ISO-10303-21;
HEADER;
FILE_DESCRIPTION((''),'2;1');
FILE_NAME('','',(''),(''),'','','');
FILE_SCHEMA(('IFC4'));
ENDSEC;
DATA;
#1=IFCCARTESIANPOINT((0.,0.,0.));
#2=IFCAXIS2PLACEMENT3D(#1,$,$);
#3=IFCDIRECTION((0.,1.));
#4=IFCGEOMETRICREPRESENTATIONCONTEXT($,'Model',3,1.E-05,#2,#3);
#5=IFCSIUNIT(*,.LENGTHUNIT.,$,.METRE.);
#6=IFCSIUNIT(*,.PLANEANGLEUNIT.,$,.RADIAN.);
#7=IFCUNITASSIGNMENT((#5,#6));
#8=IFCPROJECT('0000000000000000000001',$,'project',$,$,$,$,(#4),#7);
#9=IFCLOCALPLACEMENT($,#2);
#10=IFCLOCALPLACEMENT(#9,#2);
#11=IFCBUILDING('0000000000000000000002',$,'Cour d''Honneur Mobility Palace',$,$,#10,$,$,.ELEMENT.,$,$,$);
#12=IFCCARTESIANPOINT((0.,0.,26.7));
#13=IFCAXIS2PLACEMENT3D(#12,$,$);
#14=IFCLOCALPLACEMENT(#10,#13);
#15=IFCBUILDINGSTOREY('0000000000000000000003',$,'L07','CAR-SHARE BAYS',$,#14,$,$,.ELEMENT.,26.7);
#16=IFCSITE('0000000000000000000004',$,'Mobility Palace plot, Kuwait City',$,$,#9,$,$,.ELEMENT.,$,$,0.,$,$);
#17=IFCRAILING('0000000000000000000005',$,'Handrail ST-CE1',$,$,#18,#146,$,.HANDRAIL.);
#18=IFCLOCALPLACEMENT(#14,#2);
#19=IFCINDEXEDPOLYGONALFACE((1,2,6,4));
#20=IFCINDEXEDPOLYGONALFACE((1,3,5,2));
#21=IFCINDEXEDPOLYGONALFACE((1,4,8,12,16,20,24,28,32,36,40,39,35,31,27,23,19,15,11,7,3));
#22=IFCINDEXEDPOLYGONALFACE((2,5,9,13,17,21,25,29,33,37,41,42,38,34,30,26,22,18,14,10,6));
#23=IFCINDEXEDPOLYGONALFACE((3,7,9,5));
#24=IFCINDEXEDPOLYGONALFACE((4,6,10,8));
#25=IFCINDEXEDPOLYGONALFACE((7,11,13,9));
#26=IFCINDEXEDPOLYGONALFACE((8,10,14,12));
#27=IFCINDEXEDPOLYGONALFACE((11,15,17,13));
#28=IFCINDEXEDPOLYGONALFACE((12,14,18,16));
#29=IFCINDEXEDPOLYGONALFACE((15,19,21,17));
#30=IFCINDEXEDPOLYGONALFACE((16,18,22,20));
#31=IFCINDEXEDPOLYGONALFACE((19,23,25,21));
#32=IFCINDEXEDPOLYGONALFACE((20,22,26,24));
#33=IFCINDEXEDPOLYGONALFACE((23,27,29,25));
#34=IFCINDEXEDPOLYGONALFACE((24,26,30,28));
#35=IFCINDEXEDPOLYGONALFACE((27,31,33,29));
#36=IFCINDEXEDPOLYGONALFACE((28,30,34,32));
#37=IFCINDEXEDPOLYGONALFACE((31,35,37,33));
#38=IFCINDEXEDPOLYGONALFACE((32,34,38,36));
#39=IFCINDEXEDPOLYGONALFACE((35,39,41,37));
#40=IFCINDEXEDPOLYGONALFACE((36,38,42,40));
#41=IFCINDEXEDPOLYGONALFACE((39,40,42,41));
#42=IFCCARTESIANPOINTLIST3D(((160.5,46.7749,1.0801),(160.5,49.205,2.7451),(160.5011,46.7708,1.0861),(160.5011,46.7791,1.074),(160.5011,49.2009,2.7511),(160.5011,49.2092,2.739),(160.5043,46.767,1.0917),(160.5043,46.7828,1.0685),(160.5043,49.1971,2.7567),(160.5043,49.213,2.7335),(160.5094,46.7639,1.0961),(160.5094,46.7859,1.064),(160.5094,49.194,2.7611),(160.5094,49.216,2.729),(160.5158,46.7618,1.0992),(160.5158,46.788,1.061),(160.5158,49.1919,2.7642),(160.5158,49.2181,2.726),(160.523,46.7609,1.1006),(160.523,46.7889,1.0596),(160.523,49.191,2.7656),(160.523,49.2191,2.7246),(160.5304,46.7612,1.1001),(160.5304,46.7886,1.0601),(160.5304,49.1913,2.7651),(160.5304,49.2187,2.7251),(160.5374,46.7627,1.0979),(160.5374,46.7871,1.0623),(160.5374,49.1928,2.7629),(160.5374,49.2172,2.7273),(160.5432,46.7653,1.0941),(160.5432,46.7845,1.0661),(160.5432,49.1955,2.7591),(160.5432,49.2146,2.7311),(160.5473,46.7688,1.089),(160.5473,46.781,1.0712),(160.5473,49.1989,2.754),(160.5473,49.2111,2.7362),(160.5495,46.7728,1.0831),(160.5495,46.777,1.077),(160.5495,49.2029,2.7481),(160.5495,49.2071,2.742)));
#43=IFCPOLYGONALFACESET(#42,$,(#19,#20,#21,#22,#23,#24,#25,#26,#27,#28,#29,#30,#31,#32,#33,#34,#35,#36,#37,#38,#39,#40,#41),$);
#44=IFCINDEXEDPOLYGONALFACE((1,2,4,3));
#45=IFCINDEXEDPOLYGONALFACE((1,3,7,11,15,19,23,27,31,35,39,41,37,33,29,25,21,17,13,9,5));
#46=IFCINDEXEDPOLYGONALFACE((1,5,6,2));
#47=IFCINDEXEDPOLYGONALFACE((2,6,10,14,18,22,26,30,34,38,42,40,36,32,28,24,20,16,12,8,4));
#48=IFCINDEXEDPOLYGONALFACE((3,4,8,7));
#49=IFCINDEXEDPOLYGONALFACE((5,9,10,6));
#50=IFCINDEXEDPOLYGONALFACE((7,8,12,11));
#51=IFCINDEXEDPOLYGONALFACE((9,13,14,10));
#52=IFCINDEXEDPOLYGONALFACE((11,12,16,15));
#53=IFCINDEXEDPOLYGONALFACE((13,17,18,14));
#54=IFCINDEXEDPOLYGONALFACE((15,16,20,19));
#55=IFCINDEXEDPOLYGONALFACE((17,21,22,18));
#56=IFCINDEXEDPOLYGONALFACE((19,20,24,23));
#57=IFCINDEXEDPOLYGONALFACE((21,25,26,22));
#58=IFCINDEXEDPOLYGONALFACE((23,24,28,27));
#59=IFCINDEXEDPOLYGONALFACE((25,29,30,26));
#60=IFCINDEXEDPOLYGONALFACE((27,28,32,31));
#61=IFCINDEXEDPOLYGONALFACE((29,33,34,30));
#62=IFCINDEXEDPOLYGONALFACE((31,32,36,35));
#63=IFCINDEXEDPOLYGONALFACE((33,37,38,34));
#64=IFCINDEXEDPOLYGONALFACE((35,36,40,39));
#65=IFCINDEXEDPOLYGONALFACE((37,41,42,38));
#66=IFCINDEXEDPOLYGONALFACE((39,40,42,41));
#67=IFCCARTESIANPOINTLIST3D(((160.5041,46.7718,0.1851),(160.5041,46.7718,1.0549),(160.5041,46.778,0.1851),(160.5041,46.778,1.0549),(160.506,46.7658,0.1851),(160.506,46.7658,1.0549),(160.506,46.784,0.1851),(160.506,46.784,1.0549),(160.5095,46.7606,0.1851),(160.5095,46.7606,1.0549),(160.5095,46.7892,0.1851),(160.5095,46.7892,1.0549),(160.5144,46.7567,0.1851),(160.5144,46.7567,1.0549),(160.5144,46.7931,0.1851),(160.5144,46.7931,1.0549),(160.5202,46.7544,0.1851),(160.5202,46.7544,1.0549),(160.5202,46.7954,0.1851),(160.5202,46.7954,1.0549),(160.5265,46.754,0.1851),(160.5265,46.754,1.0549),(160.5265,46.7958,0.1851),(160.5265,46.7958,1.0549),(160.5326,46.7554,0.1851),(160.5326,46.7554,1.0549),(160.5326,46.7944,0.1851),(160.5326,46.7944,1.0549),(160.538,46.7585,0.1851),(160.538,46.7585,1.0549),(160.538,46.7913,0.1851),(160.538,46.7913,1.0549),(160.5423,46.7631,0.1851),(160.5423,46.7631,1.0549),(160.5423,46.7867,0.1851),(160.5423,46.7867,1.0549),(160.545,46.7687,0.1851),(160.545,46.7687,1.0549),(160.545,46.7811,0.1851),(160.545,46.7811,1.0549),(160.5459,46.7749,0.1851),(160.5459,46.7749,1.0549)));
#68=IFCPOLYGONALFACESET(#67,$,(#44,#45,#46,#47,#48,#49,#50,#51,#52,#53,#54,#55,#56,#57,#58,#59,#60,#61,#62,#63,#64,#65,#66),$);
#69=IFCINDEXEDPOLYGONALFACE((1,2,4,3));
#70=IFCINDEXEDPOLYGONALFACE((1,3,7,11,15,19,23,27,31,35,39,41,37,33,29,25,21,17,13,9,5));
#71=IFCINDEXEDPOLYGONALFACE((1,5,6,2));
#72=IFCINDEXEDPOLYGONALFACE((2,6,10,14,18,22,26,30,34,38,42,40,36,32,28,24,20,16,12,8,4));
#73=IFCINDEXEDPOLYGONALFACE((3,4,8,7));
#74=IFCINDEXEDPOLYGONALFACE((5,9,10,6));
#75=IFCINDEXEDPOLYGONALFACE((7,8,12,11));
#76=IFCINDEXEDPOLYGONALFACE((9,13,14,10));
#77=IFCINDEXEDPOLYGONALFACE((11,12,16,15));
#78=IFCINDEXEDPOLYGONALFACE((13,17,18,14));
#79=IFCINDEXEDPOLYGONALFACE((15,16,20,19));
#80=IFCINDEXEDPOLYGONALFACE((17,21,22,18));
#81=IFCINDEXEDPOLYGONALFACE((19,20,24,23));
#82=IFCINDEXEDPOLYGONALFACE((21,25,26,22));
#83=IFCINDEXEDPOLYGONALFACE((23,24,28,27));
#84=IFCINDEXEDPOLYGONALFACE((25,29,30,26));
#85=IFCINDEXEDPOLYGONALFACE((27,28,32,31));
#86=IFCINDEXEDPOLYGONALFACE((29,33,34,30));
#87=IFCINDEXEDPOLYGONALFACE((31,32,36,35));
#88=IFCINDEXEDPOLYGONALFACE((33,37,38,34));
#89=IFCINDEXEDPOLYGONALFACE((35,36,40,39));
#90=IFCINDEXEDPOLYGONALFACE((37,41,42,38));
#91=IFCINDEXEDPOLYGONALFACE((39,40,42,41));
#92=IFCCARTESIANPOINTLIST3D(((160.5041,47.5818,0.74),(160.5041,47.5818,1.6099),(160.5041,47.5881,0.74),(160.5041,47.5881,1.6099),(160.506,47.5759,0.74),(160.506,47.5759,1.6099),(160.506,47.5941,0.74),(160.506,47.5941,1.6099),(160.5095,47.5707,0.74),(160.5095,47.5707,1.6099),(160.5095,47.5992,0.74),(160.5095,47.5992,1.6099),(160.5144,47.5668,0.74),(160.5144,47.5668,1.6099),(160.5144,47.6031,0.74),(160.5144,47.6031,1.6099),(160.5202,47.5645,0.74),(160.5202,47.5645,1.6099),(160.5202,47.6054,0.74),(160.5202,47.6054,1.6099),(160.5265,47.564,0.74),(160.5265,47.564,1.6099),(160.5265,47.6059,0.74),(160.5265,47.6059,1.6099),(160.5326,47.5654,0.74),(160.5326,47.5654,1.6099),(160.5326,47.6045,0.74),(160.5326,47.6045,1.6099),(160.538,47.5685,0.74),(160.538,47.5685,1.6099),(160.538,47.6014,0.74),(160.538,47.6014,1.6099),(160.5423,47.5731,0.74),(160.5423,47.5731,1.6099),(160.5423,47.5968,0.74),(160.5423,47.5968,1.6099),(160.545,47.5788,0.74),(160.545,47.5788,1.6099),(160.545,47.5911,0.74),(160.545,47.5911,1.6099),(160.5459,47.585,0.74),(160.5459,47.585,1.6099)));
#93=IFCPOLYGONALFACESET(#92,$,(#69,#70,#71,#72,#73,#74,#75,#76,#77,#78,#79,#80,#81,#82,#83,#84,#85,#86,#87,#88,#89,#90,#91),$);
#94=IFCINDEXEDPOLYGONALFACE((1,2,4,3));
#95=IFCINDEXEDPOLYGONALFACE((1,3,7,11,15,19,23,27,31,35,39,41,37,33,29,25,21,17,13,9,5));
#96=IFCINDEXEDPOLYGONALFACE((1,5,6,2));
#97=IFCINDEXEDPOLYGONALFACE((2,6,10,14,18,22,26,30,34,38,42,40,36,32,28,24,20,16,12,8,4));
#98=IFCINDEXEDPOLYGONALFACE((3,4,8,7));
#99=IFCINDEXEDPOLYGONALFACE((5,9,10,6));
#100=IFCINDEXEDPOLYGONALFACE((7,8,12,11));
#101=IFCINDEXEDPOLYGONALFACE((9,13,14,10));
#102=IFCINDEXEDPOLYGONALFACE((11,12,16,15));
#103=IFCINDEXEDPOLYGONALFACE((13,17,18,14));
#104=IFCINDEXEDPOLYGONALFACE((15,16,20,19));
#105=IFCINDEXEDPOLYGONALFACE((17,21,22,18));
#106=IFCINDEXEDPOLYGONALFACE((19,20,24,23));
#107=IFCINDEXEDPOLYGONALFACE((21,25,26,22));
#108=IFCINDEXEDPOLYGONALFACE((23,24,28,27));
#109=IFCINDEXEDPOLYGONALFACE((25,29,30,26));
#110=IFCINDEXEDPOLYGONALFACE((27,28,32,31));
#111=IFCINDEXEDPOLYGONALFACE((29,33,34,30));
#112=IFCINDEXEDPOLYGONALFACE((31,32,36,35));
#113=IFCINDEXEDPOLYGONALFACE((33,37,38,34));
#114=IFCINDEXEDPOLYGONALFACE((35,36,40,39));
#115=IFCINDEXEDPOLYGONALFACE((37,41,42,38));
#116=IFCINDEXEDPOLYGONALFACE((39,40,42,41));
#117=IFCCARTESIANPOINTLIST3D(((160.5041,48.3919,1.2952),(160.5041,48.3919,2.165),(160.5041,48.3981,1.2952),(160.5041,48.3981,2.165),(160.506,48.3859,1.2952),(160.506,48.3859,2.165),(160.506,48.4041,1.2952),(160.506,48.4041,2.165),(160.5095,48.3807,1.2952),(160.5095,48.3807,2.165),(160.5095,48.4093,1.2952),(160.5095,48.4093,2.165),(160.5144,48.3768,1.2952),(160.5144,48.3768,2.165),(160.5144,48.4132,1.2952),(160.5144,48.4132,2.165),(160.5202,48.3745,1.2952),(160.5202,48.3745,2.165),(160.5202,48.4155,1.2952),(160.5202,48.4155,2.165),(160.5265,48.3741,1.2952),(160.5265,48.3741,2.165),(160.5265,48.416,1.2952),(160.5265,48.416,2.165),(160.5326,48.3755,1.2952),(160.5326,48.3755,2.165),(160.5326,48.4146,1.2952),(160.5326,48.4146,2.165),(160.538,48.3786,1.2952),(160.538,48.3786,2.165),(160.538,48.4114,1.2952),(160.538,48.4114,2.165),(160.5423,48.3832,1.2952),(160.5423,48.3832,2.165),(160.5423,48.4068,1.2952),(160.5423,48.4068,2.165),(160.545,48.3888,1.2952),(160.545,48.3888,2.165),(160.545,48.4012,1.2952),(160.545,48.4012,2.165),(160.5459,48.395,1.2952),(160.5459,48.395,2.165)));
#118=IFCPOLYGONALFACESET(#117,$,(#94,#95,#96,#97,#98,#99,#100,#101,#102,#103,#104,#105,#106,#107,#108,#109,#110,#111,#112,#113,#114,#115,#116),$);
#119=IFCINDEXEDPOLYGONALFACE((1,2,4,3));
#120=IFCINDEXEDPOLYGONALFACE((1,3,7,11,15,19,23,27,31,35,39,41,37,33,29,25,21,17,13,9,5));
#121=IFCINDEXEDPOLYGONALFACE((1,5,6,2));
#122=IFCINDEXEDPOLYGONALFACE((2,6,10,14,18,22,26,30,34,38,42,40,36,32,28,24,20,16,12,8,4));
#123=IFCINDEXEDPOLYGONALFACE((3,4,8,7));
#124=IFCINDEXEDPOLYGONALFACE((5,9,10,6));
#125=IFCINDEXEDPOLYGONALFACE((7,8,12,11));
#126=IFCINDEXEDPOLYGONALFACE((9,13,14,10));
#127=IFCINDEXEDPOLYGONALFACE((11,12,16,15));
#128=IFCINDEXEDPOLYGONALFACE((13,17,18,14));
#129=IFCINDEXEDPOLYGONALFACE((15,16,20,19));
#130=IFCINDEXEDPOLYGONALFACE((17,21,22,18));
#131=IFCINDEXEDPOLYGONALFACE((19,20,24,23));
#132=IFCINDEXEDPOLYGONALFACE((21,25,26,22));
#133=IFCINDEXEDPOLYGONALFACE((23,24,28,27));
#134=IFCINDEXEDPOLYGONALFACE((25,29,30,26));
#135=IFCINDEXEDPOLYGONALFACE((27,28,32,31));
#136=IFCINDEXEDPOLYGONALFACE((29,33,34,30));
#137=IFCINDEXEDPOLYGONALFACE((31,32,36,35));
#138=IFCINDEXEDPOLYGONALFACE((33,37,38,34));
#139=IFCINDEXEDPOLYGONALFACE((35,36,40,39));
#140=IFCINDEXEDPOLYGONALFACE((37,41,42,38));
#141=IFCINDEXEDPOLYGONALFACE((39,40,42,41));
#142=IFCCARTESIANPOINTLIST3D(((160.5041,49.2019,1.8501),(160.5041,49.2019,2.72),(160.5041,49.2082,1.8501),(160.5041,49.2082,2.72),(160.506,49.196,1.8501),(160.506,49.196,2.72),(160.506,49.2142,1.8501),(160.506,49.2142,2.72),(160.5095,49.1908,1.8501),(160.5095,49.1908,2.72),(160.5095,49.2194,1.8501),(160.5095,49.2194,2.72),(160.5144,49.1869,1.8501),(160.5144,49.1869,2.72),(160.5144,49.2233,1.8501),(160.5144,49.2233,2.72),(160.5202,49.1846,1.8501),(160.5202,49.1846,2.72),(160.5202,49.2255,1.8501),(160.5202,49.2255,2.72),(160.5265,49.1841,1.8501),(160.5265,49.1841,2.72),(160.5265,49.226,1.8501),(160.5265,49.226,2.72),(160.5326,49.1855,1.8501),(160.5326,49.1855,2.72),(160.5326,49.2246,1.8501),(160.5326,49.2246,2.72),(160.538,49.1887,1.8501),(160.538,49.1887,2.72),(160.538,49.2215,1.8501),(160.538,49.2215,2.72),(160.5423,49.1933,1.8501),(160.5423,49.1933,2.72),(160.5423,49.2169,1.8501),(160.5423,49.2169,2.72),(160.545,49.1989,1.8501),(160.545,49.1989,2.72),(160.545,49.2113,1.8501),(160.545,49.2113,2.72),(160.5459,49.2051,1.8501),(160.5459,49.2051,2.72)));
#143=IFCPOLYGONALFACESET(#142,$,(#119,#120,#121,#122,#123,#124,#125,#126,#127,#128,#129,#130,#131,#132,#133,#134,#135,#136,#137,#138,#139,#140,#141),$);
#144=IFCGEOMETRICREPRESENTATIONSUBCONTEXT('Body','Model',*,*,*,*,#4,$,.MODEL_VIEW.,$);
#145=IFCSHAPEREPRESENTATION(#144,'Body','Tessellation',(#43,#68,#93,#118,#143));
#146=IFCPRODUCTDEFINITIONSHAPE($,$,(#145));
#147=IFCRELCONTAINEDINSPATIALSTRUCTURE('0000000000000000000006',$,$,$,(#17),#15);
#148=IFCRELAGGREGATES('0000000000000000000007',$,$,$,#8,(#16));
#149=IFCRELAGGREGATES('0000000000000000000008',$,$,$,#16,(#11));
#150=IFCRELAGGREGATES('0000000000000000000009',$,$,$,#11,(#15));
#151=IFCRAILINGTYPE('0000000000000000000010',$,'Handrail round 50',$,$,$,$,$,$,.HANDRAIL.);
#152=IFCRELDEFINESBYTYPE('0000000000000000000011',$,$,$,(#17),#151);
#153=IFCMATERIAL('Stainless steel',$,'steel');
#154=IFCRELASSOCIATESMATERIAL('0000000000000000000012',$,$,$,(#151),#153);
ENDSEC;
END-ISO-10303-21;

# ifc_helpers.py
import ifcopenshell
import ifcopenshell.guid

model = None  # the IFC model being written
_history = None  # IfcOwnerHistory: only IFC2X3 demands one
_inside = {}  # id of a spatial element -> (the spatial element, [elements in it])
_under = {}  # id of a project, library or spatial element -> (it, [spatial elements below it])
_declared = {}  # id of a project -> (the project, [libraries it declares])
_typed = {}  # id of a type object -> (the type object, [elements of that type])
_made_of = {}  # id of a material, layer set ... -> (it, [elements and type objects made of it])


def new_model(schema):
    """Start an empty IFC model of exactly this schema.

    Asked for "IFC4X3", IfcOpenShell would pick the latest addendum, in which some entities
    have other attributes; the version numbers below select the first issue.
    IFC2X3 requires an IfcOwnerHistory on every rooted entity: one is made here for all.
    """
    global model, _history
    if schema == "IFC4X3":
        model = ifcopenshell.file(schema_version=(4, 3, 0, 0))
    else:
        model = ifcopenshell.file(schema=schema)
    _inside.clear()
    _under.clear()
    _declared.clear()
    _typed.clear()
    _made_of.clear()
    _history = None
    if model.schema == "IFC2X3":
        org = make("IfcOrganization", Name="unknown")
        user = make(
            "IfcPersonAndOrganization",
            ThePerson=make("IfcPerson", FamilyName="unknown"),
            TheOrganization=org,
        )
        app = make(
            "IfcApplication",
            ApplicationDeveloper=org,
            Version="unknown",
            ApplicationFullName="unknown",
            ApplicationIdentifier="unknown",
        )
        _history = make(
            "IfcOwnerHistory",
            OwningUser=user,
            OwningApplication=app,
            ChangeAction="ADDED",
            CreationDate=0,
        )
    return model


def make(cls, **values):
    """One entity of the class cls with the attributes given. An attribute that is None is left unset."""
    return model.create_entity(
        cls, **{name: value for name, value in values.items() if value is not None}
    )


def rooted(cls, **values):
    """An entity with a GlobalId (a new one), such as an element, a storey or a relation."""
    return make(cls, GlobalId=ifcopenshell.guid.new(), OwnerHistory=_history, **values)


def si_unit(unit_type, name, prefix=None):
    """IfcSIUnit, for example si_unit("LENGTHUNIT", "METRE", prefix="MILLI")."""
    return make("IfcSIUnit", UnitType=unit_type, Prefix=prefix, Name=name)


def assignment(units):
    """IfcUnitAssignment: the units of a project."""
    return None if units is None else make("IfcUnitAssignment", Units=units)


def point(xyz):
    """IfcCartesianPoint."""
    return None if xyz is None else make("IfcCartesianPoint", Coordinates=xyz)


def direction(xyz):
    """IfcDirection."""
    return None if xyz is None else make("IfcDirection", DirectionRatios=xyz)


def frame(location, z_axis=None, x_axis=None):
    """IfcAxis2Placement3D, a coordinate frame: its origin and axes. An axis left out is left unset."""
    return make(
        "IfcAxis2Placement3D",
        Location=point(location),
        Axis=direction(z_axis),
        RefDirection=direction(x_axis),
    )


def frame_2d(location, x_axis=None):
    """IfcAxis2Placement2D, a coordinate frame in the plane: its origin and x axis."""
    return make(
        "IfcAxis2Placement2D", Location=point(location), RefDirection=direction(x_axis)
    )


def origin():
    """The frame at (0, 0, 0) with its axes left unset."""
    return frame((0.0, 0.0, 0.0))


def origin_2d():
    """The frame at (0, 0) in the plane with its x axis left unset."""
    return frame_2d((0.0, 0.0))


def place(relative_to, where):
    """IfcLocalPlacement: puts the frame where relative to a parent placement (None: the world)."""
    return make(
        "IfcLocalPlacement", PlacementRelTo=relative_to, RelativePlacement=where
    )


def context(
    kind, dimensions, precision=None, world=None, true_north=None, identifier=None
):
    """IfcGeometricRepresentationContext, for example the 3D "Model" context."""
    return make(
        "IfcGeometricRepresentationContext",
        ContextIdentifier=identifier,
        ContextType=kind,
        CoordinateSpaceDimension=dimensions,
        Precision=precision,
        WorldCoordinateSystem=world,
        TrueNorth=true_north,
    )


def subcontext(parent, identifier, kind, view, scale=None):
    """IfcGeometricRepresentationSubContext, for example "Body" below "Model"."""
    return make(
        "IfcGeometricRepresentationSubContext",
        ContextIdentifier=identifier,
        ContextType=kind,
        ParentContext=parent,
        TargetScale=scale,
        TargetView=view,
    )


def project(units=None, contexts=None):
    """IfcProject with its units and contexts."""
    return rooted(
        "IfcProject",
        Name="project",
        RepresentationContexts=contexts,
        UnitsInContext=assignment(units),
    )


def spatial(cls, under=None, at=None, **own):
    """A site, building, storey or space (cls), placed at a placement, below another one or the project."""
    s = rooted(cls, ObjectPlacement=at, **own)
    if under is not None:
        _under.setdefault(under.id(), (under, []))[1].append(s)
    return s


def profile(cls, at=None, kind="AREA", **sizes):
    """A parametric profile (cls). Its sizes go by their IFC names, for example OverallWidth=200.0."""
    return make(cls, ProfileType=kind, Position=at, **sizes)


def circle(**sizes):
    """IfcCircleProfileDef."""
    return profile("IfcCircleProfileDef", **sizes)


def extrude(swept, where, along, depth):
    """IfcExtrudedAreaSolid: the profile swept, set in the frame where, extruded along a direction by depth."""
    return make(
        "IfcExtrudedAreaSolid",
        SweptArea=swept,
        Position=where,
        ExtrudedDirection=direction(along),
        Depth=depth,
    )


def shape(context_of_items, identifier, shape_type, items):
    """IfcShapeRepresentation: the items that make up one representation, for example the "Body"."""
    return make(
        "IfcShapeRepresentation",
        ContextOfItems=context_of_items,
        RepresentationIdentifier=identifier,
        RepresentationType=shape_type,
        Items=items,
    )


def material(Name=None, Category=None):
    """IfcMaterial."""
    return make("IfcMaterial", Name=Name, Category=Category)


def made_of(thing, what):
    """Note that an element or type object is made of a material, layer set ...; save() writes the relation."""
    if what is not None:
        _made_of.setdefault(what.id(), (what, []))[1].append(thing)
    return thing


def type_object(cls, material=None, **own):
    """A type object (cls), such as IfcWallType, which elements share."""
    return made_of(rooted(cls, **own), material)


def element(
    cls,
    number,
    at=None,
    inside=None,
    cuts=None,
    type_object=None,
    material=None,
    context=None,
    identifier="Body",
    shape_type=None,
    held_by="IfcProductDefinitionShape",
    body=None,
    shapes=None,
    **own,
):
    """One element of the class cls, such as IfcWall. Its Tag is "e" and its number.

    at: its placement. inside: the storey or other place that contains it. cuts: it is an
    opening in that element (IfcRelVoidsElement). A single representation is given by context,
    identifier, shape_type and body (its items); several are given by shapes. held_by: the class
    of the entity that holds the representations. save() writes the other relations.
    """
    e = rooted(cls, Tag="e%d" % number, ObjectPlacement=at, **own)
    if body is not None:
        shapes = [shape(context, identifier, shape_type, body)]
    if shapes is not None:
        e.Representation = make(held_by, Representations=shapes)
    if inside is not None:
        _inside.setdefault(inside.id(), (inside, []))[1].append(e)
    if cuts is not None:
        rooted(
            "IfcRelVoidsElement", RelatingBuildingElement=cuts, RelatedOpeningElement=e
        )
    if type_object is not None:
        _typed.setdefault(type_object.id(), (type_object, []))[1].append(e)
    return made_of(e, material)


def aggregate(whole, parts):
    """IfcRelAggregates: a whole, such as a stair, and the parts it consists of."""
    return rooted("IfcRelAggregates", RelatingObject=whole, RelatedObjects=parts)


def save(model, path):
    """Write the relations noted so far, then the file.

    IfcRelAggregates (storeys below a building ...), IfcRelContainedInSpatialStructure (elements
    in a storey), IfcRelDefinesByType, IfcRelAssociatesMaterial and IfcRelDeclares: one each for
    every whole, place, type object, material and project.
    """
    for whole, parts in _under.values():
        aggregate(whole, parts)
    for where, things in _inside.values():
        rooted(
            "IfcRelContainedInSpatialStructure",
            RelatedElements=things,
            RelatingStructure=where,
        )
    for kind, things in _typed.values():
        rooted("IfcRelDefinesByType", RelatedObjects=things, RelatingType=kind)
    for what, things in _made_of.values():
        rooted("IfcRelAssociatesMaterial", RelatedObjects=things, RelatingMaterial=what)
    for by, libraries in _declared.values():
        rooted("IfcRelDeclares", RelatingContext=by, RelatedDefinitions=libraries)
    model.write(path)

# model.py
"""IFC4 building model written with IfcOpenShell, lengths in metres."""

from ifc_helpers import new_model, si_unit, direction, frame, origin, origin_2d, place, context, subcontext, project, spatial, circle, extrude, material, type_object, element, save


model = new_model("IFC4")

# Units and contexts
model_context = context("Model", 3, precision=1e-05, world=origin(), true_north=direction((0.0, 1.0)))
body_context = subcontext(model_context, "Body", "Model", "MODEL_VIEW")
ifc_project = project(units=[si_unit("LENGTHUNIT", "METRE"), si_unit("PLANEANGLEUNIT", "RADIAN")], contexts=[model_context])

# Site, building, storey
site_placement = place(None, origin())
site = spatial("IfcSite", under=ifc_project, at=site_placement, Name="Mobility Palace plot, Kuwait City", CompositionType="ELEMENT", RefElevation=0.0)
building_placement = place(site_placement, origin())
building = spatial("IfcBuilding", under=site, at=building_placement, Name="Cour d'Honneur Mobility Palace", CompositionType="ELEMENT")
storey_placement = place(building_placement, frame((0.0, 0.0, 26.7)))
storey = spatial("IfcBuildingStorey", under=building, at=storey_placement, Name="L07", Description="CAR-SHARE BAYS", CompositionType="ELEMENT", Elevation=26.7)

# Railing
ifc_material_1 = material(Name="Stainless steel", Category="steel")
railing_type_1 = type_object("IfcRailingType", Name="Handrail round 50", PredefinedType="HANDRAIL", material=ifc_material_1)
railing_1_placement = place(storey_placement, frame((160.5249, 46.7749, 0.1851)))
element("IfcRailing", 1, at=railing_1_placement, inside=storey, type_object=railing_type_1, Name="Handrail ST-CE1", PredefinedType="HANDRAIL", context=body_context, shape_type="SweptSolid", body=[
    extrude(circle(Radius=0.0249, at=origin_2d()), frame((0.0, 0.0, 0.895), z_axis=(0.0, 0.824945, 0.565213), x_axis=(-1.0, 0.0, 0.0)), (0.0, 0.0, 1.0), 2.9458),
    extrude(circle(Radius=0.021, at=origin_2d()), origin(), (0.0, 0.0, 1.0), 0.8699),
    extrude(circle(Radius=0.021, at=origin_2d()), frame((0.0, 0.8101, 0.5549)), (0.0, 0.0, 1.0), 0.8699),
    extrude(circle(Radius=0.021, at=origin_2d()), frame((0.0, 1.6201, 1.1101)), (0.0, 0.0, 1.0), 0.8699),
    extrude(circle(Radius=0.021, at=origin_2d()), frame((0.0, 2.4302, 1.665)), (0.0, 0.0, 1.0), 0.8699),
])

save(model, "model.ifc")
